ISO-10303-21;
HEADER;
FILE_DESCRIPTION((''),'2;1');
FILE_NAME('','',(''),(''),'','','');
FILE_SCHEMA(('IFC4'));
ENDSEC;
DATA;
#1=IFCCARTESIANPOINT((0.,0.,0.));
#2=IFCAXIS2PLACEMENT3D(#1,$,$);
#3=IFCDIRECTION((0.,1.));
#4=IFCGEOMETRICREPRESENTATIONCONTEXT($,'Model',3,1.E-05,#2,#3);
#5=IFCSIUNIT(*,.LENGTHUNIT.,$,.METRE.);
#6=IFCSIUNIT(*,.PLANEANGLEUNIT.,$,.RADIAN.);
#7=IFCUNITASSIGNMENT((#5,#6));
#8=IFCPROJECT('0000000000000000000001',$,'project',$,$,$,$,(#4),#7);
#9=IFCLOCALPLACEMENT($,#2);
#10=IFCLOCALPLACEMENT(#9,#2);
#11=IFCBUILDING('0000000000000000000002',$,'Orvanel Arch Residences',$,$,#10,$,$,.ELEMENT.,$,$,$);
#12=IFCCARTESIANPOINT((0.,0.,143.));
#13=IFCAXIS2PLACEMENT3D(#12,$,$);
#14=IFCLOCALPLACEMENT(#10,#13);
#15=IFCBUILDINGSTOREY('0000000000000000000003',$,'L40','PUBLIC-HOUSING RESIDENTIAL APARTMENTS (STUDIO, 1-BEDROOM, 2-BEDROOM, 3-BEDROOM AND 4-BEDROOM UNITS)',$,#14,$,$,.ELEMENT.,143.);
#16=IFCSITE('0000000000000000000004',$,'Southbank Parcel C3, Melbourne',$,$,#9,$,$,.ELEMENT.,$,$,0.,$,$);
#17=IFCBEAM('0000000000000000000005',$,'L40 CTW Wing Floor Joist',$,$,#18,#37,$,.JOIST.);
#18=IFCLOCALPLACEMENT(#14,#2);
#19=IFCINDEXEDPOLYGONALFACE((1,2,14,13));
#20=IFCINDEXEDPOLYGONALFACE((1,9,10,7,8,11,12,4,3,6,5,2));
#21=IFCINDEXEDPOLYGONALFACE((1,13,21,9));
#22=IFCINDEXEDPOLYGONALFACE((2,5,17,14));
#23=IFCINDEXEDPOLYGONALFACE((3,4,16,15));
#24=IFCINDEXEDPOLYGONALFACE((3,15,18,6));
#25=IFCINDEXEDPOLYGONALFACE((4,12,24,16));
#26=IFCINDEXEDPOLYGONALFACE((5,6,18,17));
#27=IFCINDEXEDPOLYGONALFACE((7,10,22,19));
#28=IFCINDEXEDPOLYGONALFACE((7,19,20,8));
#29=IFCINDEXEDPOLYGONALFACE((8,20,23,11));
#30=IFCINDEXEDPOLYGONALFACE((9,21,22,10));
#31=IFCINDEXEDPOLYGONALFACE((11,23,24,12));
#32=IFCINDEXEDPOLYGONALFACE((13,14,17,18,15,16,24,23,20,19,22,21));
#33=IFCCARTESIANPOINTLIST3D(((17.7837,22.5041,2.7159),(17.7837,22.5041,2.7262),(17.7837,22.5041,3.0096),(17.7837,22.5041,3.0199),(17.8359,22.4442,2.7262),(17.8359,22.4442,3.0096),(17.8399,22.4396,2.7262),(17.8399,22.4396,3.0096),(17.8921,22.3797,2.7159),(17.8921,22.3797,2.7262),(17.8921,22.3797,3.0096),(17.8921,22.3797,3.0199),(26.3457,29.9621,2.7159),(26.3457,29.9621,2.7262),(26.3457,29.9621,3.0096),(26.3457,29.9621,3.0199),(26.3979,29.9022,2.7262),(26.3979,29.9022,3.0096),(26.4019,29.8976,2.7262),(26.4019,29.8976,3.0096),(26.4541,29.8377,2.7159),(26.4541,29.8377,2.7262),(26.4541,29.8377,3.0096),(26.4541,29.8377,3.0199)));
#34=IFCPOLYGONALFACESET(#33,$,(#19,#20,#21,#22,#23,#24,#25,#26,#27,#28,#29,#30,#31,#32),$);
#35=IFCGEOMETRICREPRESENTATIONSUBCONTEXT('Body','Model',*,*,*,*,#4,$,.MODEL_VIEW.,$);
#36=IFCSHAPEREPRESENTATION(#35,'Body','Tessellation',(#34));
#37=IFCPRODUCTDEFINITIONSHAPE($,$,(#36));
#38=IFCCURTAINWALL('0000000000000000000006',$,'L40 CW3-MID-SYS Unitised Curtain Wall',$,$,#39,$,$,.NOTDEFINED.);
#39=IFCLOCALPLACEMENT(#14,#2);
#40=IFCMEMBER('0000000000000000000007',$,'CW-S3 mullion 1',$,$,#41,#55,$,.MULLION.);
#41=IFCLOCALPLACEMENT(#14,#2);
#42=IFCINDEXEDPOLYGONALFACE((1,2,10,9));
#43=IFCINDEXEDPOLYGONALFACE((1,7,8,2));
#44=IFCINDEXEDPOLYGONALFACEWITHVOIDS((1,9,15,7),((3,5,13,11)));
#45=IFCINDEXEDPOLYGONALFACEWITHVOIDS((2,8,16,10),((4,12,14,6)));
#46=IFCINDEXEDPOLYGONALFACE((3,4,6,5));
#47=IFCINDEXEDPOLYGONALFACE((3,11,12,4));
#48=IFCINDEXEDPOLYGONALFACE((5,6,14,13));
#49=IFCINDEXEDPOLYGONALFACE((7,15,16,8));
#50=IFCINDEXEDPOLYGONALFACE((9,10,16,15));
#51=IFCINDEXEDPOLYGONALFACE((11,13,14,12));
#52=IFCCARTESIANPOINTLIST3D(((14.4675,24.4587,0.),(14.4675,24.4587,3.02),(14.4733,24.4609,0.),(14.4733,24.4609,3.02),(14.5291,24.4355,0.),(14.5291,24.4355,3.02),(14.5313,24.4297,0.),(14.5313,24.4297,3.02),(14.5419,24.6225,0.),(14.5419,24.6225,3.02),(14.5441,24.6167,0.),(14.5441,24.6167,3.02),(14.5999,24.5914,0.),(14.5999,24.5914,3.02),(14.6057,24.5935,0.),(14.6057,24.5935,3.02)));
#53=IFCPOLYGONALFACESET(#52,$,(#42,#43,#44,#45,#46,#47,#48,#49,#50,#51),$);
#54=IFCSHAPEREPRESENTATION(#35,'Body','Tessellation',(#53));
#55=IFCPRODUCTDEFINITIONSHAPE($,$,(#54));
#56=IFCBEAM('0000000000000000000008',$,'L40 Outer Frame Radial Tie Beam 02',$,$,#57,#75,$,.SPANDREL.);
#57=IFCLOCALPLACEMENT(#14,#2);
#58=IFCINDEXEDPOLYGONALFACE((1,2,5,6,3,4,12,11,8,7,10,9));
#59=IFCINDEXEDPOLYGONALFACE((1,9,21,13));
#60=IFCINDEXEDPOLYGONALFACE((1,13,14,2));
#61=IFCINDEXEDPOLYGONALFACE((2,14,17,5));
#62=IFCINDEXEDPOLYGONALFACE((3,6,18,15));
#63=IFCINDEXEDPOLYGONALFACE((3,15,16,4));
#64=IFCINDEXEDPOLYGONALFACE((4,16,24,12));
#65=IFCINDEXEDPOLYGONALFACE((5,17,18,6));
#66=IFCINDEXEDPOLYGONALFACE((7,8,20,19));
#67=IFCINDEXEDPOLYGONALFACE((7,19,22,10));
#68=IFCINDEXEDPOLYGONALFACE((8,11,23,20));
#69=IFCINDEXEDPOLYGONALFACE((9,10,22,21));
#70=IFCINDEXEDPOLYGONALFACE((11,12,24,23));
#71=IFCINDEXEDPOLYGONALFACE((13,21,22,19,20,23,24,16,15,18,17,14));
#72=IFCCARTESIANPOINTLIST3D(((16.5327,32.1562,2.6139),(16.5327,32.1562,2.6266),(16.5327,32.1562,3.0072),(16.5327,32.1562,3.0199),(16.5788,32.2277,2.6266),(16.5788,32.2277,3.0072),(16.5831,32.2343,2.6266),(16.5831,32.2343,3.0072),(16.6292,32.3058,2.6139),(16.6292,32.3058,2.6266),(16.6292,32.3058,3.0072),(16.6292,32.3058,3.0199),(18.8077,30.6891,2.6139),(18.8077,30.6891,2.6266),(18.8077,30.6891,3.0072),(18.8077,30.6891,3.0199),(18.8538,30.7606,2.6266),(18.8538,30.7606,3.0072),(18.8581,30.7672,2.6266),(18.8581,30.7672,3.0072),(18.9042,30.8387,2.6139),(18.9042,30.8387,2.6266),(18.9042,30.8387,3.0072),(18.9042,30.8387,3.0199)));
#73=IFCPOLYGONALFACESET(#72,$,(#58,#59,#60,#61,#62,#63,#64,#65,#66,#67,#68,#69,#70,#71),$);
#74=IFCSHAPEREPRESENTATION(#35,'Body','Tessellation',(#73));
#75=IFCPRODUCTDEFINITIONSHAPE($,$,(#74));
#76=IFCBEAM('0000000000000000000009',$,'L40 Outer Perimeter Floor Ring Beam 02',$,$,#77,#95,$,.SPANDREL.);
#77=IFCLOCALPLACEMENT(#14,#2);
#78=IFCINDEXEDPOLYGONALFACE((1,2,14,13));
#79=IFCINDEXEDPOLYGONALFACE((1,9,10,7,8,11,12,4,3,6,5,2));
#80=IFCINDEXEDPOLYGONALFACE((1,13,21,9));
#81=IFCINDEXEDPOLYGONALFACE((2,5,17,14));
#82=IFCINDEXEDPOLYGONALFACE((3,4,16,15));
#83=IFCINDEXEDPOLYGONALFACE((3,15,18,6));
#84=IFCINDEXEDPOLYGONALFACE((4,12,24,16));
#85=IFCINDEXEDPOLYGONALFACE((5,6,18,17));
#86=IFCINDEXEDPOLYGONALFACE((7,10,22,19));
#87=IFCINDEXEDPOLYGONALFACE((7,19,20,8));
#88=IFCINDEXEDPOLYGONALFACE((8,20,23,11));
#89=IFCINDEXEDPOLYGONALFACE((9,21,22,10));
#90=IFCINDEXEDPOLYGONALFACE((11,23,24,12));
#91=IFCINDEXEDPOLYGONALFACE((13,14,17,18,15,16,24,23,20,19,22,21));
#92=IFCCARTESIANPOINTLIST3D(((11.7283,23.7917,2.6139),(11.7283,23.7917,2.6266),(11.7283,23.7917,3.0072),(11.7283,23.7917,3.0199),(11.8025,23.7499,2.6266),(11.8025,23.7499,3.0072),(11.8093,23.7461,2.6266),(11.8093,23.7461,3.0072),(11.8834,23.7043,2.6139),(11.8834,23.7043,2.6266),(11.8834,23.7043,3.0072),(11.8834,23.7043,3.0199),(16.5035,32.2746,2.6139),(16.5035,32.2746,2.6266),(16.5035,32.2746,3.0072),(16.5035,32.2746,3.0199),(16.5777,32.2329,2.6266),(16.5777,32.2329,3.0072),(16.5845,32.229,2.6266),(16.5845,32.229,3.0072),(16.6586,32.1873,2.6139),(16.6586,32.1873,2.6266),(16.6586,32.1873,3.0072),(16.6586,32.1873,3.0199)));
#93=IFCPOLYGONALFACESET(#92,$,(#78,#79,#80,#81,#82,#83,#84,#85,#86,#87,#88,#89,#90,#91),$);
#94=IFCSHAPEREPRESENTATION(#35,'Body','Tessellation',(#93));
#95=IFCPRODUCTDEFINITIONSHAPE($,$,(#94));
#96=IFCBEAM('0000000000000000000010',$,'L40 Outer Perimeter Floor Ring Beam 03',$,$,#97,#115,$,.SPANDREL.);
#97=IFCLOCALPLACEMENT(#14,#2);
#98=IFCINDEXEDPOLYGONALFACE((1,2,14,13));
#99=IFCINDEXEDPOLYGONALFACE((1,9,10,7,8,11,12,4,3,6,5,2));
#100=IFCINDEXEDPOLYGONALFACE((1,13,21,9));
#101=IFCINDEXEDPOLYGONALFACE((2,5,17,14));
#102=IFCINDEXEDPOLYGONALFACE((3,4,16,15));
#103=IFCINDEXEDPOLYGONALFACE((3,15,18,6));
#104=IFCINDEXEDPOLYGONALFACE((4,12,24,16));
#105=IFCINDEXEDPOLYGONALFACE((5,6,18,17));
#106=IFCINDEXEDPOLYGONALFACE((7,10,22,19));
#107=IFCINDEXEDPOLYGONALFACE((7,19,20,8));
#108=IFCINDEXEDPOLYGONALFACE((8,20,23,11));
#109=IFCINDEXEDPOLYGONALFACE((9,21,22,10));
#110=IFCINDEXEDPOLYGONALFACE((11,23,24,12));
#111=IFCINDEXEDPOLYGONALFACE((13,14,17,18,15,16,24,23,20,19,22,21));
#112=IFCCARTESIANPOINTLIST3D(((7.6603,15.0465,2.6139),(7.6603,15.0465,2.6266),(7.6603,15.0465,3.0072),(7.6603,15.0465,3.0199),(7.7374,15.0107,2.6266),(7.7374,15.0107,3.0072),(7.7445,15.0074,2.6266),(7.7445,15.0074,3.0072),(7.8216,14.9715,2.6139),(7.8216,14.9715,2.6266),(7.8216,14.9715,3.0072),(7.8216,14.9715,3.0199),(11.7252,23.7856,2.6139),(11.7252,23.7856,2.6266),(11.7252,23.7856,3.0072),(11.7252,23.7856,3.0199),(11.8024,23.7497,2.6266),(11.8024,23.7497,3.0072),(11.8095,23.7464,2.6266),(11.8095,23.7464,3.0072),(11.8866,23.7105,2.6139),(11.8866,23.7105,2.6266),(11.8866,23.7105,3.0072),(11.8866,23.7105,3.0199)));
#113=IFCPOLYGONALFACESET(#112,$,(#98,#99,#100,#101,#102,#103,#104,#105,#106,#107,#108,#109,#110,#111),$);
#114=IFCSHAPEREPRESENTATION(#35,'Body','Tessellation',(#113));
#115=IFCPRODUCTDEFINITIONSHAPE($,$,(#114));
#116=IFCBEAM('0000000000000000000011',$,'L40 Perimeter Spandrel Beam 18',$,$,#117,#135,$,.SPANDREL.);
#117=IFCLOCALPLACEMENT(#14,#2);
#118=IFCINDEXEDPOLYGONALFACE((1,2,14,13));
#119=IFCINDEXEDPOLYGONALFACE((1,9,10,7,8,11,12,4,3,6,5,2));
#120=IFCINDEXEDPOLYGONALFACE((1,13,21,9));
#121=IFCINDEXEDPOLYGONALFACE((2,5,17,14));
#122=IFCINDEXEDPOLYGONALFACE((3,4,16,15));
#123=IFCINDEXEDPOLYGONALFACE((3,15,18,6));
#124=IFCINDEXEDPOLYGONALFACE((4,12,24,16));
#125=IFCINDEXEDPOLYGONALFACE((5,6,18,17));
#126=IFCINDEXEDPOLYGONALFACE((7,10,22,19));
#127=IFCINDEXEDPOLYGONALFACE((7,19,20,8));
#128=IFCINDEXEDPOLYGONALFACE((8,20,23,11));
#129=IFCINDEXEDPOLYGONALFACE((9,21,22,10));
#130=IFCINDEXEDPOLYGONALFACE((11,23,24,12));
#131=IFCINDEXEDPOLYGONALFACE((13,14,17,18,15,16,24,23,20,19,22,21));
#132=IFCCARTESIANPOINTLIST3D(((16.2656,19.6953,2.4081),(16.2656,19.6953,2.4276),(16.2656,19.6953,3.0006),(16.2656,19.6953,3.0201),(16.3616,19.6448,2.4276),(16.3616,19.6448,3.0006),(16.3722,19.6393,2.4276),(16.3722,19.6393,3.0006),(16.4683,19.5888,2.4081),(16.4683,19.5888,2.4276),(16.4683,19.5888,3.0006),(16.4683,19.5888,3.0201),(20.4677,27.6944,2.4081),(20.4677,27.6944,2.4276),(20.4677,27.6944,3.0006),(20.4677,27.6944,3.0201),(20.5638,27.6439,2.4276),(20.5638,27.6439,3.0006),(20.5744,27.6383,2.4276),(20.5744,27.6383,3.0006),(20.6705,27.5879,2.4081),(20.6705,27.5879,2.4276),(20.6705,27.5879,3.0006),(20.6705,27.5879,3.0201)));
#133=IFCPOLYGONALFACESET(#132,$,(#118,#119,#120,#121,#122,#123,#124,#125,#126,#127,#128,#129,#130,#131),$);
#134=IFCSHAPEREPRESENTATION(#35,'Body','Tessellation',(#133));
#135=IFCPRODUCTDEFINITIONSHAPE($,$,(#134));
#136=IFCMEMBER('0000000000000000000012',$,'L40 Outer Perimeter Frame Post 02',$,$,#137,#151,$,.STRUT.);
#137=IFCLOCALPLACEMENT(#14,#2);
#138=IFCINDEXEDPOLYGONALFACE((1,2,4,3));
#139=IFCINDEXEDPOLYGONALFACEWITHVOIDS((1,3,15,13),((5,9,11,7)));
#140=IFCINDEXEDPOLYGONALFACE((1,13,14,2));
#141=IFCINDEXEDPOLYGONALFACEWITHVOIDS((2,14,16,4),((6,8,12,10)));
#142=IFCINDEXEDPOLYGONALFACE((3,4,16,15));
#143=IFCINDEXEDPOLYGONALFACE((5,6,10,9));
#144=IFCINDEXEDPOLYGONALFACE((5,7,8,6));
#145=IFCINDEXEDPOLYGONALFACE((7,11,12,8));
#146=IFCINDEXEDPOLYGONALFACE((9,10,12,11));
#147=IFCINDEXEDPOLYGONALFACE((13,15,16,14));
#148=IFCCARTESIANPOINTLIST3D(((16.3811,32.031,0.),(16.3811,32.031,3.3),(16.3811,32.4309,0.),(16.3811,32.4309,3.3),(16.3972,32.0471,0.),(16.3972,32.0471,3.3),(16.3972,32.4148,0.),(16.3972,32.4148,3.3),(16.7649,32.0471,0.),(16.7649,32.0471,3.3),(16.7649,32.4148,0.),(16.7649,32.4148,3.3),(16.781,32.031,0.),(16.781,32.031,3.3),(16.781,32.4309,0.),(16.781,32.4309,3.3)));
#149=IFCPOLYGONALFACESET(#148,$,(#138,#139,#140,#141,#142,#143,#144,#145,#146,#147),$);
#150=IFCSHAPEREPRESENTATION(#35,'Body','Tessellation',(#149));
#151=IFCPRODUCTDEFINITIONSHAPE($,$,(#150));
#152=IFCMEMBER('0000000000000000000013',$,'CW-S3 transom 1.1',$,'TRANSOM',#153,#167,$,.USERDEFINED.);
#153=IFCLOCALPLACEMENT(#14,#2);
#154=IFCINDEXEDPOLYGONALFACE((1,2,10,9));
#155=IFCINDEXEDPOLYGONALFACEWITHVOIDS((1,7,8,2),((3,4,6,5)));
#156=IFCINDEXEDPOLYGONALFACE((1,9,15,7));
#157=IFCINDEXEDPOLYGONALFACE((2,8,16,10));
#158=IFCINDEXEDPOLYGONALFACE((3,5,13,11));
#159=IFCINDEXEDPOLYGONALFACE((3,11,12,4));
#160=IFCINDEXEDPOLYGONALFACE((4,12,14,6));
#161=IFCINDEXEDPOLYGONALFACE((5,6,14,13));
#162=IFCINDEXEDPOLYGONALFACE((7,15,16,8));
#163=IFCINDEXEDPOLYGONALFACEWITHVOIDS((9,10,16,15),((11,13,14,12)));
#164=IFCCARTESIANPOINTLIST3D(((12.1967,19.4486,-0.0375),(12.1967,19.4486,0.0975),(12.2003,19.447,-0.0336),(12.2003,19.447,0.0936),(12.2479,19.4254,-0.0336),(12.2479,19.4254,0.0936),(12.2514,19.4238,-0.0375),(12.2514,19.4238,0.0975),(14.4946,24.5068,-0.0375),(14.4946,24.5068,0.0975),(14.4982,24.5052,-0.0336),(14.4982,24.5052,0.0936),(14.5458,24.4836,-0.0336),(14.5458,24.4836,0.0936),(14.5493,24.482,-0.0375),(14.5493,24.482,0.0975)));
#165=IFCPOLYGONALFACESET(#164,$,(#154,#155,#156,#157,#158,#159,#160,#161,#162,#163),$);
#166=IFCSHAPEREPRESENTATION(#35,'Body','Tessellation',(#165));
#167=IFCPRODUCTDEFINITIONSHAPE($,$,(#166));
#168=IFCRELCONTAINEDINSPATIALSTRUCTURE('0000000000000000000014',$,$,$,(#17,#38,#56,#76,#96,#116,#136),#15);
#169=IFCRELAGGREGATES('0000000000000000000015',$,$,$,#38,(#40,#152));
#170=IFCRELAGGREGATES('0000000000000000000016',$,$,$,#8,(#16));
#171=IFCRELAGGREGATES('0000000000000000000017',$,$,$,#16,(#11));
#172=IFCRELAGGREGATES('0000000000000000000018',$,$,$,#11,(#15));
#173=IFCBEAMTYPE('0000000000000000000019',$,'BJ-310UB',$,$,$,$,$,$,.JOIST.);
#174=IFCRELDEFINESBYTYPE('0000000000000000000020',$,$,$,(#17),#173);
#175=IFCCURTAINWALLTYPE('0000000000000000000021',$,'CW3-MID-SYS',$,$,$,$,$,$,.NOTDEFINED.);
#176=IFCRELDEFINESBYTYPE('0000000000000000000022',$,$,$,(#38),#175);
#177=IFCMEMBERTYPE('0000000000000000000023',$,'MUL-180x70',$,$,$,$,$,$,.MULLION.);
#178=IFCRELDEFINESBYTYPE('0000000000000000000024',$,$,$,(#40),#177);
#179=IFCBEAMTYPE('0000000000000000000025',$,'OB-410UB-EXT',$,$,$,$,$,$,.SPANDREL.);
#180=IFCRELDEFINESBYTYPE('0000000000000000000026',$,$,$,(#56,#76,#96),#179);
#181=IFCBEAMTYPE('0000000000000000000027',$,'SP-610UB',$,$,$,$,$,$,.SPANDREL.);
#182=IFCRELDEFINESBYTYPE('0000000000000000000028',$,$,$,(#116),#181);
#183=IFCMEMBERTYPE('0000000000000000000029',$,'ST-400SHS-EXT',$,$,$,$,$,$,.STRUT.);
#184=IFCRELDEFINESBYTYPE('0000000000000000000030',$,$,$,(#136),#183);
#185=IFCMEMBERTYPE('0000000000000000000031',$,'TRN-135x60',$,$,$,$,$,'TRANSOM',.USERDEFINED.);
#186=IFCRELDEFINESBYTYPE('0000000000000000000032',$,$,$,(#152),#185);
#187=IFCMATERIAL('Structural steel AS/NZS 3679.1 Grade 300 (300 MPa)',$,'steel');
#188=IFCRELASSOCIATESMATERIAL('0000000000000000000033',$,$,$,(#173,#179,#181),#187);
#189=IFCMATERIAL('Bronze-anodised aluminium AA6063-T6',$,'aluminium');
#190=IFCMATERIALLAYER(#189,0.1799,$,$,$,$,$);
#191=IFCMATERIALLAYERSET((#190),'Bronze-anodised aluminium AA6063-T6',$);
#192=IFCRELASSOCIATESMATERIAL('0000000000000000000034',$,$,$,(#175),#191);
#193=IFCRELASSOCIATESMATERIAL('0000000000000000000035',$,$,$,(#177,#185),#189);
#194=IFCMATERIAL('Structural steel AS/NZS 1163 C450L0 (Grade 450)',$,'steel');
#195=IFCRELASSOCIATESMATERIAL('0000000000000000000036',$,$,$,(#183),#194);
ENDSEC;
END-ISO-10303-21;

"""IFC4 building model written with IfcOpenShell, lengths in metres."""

from ifc_helpers import new_model, si_unit, direction, frame, origin, origin_2d, place, context, subcontext, project, spatial, hollow_rectangle, i_section, extrude, material, layer, layer_set, material_profile, profile_set, type_object, element, aggregate, save


model = new_model("IFC4")

# Units and contexts
model_context = context("Model", 3, precision=1e-05, world=origin(), true_north=direction((0.0, 1.0)))
body_context = subcontext(model_context, "Body", "Model", "MODEL_VIEW")
ifc_project = project(units=[si_unit("LENGTHUNIT", "METRE"), si_unit("PLANEANGLEUNIT", "RADIAN")], contexts=[model_context])

# Site, building, storey
site_placement = place(None, origin())
site = spatial("IfcSite", under=ifc_project, at=site_placement, Name="Southbank Parcel C3, Melbourne", CompositionType="ELEMENT", RefElevation=0.0)
building_placement = place(site_placement, origin())
building = spatial("IfcBuilding", under=site, at=building_placement, Name="Orvanel Arch Residences", CompositionType="ELEMENT")
storey_placement = place(building_placement, frame((0.0, 0.0, 143.0)))
storey = spatial("IfcBuildingStorey", under=building, at=storey_placement, Name="L40", Description="PUBLIC-HOUSING RESIDENTIAL APARTMENTS (STUDIO, 1-BEDROOM, 2-BEDROOM, 3-BEDROOM AND 4-BEDROOM UNITS)", CompositionType="ELEMENT", Elevation=143.0)

# Shared definitions
ifc_material_1 = material(Name="Structural steel AS/NZS 1163 C450L0 (Grade 450)", Category="steel")

# Beam
ifc_material_2 = material(Name="Structural steel AS/NZS 3679.1 Grade 300 (300 MPa)", Category="steel")
ifc_material_profile_1 = material_profile(ifc_material_2, i_section(OverallWidth=0.165, OverallDepth=0.304, WebThickness=0.0061, FlangeThickness=0.0103, at=origin_2d()), Name="310UB40.4")
ifc_profile_set_1 = profile_set([ifc_material_profile_1], Name="Structural steel AS/NZS 3679.1 Grade 300 (300 MPa)")
beam_type_1 = type_object("IfcBeamType", Name="BJ-310UB", PredefinedType="JOIST", material=ifc_profile_set_1)
beam_1_placement = place(storey_placement, frame((26.3999, 29.8999, 2.8679), z_axis=(-0.754048, -0.656819, 0.0), x_axis=(0.656819, -0.754048, 0.0)))
element("IfcBeam", 1, at=beam_1_placement, inside=storey, type_object=beam_type_1, Name="L40 CTW Wing Floor Joist", PredefinedType="JOIST", context=body_context, shape_type="SweptSolid", body=[
    extrude(i_section(OverallWidth=0.165, OverallDepth=0.304, WebThickness=0.0061, FlangeThickness=0.0103, at=origin_2d()), origin(), (0.0, 0.0, 1.0), 11.3547),
])

# Curtain wall, member
ifc_material_3 = material(Name="Bronze-anodised aluminium AA6063-T6", Category="aluminium")
ifc_layer_1 = layer(ifc_material_3, 0.1799)
ifc_layer_set_1 = layer_set([ifc_layer_1], Name="Bronze-anodised aluminium AA6063-T6")
curtain_wall_type = type_object("IfcCurtainWallType", Name="CW3-MID-SYS", PredefinedType="NOTDEFINED", material=ifc_layer_set_1)
curtain_wall_placement = place(storey_placement, origin())
curtain_wall = element("IfcCurtainWall", 2, at=curtain_wall_placement, inside=storey, type_object=curtain_wall_type, Name="L40 CW3-MID-SYS Unitised Curtain Wall", PredefinedType="NOTDEFINED")
ifc_material_profile_2 = material_profile(ifc_material_3, hollow_rectangle(XDim=0.0701, YDim=0.1799, WallThickness=0.0044, at=origin_2d()), Name="ALU180x70x4.5")
ifc_profile_set_2 = profile_set([ifc_material_profile_2], Name="Bronze-anodised aluminium AA6063-T6")
member_type_1 = type_object("IfcMemberType", Name="MUL-180x70", PredefinedType="MULLION", material=ifc_profile_set_2)
member_1_placement = place(storey_placement, frame((14.5366, 24.5261, 0.0), z_axis=(0.0, 0.0, 1.0), x_axis=(0.910449, -0.413621, 0.0)))
member_1 = element("IfcMember", 3, at=member_1_placement, type_object=member_type_1, Name="CW-S3 mullion 1", PredefinedType="MULLION", context=body_context, shape_type="SweptSolid", body=[
    extrude(hollow_rectangle(XDim=0.0701, YDim=0.1799, WallThickness=0.0044, at=origin_2d()), origin(), (0.0, 0.0, 1.0), 3.02),
])

# Beams
ifc_material_profile_3 = material_profile(ifc_material_2, i_section(OverallWidth=0.178, OverallDepth=0.406, WebThickness=0.0078, FlangeThickness=0.0127, at=origin_2d()), Name="410UB59.7")
ifc_profile_set_3 = profile_set([ifc_material_profile_3], Name="Structural steel AS/NZS 3679.1 Grade 300 (300 MPa)")
beam_type_2 = type_object("IfcBeamType", Name="OB-410UB-EXT", PredefinedType="SPANDREL", material=ifc_profile_set_3)
beam_2_placement = place(storey_placement, frame((18.856, 30.7639, 2.8169), z_axis=(-0.840404, 0.54196, 0.0), x_axis=(-0.54196, -0.840404, 0.0)))
element("IfcBeam", 4, at=beam_2_placement, inside=storey, type_object=beam_type_2, Name="L40 Outer Frame Radial Tie Beam 02", PredefinedType="SPANDREL", context=body_context, shape_type="SweptSolid", body=[
    extrude(i_section(OverallWidth=0.178, OverallDepth=0.406, WebThickness=0.0078, FlangeThickness=0.0127, at=origin_2d()), origin(), (0.0, 0.0, 1.0), 2.707),
])
beam_3_placement = place(storey_placement, frame((16.5811, 32.231, 2.8169), z_axis=(-0.490535, -0.871421, 0.0), x_axis=(0.871421, -0.490535, 0.0)))
element("IfcBeam", 5, at=beam_3_placement, inside=storey, type_object=beam_type_2, Name="L40 Outer Perimeter Floor Ring Beam 02", PredefinedType="SPANDREL", context=body_context, shape_type="SweptSolid", body=[
    extrude(i_section(OverallWidth=0.178, OverallDepth=0.406, WebThickness=0.0078, FlangeThickness=0.0127, at=origin_2d()), origin(), (0.0, 0.0, 1.0), 9.7346),
])
beam_4_placement = place(storey_placement, frame((11.8059, 23.748, 2.8169), z_axis=(-0.421755, -0.90671, 0.0), x_axis=(0.90671, -0.421755, 0.0)))
element("IfcBeam", 6, at=beam_4_placement, inside=storey, type_object=beam_type_2, Name="L40 Outer Perimeter Floor Ring Beam 03", PredefinedType="SPANDREL", context=body_context, shape_type="SweptSolid", body=[
    extrude(i_section(OverallWidth=0.178, OverallDepth=0.406, WebThickness=0.0078, FlangeThickness=0.0127, at=origin_2d()), origin(), (0.0, 0.0, 1.0), 9.6382),
])
ifc_material_profile_4 = material_profile(ifc_material_2, i_section(OverallWidth=0.229, OverallDepth=0.6121, WebThickness=0.012, FlangeThickness=0.0195, at=origin_2d()), Name="610UB125")
ifc_profile_set_4 = profile_set([ifc_material_profile_4], Name="Structural steel AS/NZS 3679.1 Grade 300 (300 MPa)")
beam_type_3 = type_object("IfcBeamType", Name="SP-610UB", PredefinedType="SPANDREL", material=ifc_profile_set_4)
beam_5_placement = place(storey_placement, frame((20.5691, 27.6411, 2.7141), z_axis=(-0.465065, -0.885277, 0.0), x_axis=(0.885277, -0.465065, 0.0)))
element("IfcBeam", 7, at=beam_5_placement, inside=storey, type_object=beam_type_3, Name="L40 Perimeter Spandrel Beam 18", PredefinedType="SPANDREL", context=body_context, shape_type="SweptSolid", body=[
    extrude(i_section(OverallWidth=0.229, OverallDepth=0.6121, WebThickness=0.012, FlangeThickness=0.0195, at=origin_2d()), origin(), (0.0, 0.0, 1.0), 9.0356),
])

# Members
ifc_material_profile_5 = material_profile(ifc_material_1, hollow_rectangle(XDim=0.3999, YDim=0.3999, WallThickness=0.0161, at=origin_2d()), Name="SHS400x400x16")
ifc_profile_set_5 = profile_set([ifc_material_profile_5], Name="Structural steel AS/NZS 1163 C450L0 (Grade 450)")
member_type_2 = type_object("IfcMemberType", Name="ST-400SHS-EXT", PredefinedType="STRUT", material=ifc_profile_set_5)
member_2_placement = place(storey_placement, frame((16.5811, 32.231, 0.0), z_axis=(0.0, 0.0, 1.0), x_axis=(1.0, 0.0, 0.0)))
element("IfcMember", 8, at=member_2_placement, inside=storey, type_object=member_type_2, Name="L40 Outer Perimeter Frame Post 02", PredefinedType="STRUT", context=body_context, shape_type="SweptSolid", body=[
    extrude(hollow_rectangle(XDim=0.3999, YDim=0.3999, WallThickness=0.0161, at=origin_2d()), origin(), (0.0, 0.0, 1.0), 3.3),
])
ifc_material_profile_6 = material_profile(ifc_material_3, hollow_rectangle(XDim=0.0601, YDim=0.135, WallThickness=0.0039, at=origin_2d()), Name="ALU135x60x4")
ifc_profile_set_6 = profile_set([ifc_material_profile_6], Name="Bronze-anodised aluminium AA6063-T6")
member_type_3 = type_object("IfcMemberType", Name="TRN-135x60", ElementType="TRANSOM", PredefinedType="USERDEFINED", material=ifc_profile_set_6)
member_3_placement = place(storey_placement, frame((14.522, 24.4944, 0.03), z_axis=(-0.413611, -0.910454, 0.0), x_axis=(0.910454, -0.413611, 0.0)))
member_3 = element("IfcMember", 9, at=member_3_placement, type_object=member_type_3, Name="CW-S3 transom 1.1", ObjectType="TRANSOM", PredefinedType="USERDEFINED", context=body_context, shape_type="SweptSolid", body=[
    extrude(hollow_rectangle(XDim=0.0601, YDim=0.135, WallThickness=0.0039, at=origin_2d()), origin(), (0.0, 0.0, 1.0), 5.5557),
])
aggregate(curtain_wall, [member_1, member_3])

save(model, "model.ifc")
